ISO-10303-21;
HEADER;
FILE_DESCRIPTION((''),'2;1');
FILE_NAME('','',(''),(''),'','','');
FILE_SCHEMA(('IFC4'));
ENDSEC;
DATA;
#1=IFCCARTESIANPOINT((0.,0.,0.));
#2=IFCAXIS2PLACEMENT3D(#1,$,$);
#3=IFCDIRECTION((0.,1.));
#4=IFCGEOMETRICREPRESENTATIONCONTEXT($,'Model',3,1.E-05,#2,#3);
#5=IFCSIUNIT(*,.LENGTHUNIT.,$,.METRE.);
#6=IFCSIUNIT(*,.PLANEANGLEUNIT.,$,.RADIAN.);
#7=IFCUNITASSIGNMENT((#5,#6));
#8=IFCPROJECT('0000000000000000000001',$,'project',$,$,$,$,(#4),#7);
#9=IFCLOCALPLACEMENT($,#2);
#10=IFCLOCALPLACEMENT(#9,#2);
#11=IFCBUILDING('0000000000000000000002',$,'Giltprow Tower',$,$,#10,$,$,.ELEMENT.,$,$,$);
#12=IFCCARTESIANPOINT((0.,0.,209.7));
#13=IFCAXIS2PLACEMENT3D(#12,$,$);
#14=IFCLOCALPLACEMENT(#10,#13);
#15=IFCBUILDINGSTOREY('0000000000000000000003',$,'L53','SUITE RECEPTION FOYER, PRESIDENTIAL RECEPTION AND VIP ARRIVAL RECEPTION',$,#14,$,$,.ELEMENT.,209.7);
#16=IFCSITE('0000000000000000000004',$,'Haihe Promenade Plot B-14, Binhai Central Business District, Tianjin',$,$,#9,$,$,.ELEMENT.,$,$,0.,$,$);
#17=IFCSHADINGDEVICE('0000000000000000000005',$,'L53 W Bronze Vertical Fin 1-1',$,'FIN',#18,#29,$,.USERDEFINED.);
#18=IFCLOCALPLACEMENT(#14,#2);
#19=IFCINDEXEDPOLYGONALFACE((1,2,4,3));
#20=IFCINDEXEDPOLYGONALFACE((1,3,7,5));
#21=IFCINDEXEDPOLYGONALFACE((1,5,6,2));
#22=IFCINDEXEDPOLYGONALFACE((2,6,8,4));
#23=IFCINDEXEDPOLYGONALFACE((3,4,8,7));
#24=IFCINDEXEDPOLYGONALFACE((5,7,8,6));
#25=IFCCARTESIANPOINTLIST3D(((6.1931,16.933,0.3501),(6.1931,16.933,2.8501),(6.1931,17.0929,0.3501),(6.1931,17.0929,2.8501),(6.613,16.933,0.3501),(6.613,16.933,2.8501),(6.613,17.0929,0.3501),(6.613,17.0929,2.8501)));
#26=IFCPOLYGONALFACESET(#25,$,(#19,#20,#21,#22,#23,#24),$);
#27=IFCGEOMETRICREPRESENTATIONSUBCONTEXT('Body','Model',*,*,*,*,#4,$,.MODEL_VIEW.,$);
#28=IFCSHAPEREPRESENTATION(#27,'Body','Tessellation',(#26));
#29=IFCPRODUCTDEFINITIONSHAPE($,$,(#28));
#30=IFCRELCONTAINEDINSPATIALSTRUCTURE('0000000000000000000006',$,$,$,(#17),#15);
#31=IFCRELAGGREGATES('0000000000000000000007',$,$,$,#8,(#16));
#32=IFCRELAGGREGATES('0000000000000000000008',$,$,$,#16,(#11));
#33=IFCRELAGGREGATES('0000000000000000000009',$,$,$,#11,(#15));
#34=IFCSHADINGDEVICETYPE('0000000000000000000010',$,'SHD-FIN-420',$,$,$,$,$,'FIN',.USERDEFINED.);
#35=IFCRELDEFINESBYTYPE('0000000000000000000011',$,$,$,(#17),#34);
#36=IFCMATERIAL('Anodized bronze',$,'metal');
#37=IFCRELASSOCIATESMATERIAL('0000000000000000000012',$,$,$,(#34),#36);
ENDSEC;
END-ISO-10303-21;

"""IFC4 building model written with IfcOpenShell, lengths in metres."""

from ifc_helpers import new_model, si_unit, direction, frame, origin, origin_2d, place, context, subcontext, project, spatial, rectangle, extrude, source, transform, mapped, material, type_object, element, save


model = new_model("IFC4")

# Units and contexts
model_context = context("Model", 3, precision=1e-05, world=origin(), true_north=direction((0.0, 1.0)))
body_context = subcontext(model_context, "Body", "Model", "MODEL_VIEW")
ifc_project = project(units=[si_unit("LENGTHUNIT", "METRE"), si_unit("PLANEANGLEUNIT", "RADIAN")], contexts=[model_context])

# Site, building, storey
site_placement = place(None, origin())
site = spatial("IfcSite", under=ifc_project, at=site_placement, Name="Haihe Promenade Plot B-14, Binhai Central Business District, Tianjin", CompositionType="ELEMENT", RefElevation=0.0)
building_placement = place(site_placement, origin())
building = spatial("IfcBuilding", under=site, at=building_placement, Name="Giltprow Tower", CompositionType="ELEMENT")
storey_placement = place(building_placement, frame((0.0, 0.0, 209.7)))
storey = spatial("IfcBuildingStorey", under=building, at=storey_placement, Name="L53", Description="SUITE RECEPTION FOYER, PRESIDENTIAL RECEPTION AND VIP ARRIVAL RECEPTION", CompositionType="ELEMENT", Elevation=209.7)

# Shared definitions
ifc_material_1 = material(Name="Anodized bronze", Category="metal")

# Shading device
shading_device_type = type_object("IfcShadingDeviceType", Name="SHD-FIN-420", ElementType="FIN", PredefinedType="USERDEFINED", material=ifc_material_1)
shared_shape_1 = source(origin(), body_context, "Body", "SweptSolid", [
    extrude(rectangle(XDim=0.4199, YDim=0.1599, at=origin_2d()), origin(), (0.0, 0.0, 1.0), 2.5),
])
shading_device_placement = place(storey_placement, frame((6.4031, 17.0129, 0.3501), z_axis=(0.0, 0.0, 1.0), x_axis=(1.0, 0.0, 0.0)))
element("IfcShadingDevice", 1, at=shading_device_placement, inside=storey, type_object=shading_device_type, Name="L53 W Bronze Vertical Fin 1-1", ObjectType="FIN", PredefinedType="USERDEFINED", context=body_context, shape_type="MappedRepresentation", body=[
    mapped(shared_shape_1, transform((0.0, 0.0, 0.0), x_axis=(1.0, 0.0, 0.0), y_axis=(0.0, 1.0, 0.0), z_axis=(0.0, 0.0, 1.0), scale=1.0)),
])

save(model, "model.ifc")
